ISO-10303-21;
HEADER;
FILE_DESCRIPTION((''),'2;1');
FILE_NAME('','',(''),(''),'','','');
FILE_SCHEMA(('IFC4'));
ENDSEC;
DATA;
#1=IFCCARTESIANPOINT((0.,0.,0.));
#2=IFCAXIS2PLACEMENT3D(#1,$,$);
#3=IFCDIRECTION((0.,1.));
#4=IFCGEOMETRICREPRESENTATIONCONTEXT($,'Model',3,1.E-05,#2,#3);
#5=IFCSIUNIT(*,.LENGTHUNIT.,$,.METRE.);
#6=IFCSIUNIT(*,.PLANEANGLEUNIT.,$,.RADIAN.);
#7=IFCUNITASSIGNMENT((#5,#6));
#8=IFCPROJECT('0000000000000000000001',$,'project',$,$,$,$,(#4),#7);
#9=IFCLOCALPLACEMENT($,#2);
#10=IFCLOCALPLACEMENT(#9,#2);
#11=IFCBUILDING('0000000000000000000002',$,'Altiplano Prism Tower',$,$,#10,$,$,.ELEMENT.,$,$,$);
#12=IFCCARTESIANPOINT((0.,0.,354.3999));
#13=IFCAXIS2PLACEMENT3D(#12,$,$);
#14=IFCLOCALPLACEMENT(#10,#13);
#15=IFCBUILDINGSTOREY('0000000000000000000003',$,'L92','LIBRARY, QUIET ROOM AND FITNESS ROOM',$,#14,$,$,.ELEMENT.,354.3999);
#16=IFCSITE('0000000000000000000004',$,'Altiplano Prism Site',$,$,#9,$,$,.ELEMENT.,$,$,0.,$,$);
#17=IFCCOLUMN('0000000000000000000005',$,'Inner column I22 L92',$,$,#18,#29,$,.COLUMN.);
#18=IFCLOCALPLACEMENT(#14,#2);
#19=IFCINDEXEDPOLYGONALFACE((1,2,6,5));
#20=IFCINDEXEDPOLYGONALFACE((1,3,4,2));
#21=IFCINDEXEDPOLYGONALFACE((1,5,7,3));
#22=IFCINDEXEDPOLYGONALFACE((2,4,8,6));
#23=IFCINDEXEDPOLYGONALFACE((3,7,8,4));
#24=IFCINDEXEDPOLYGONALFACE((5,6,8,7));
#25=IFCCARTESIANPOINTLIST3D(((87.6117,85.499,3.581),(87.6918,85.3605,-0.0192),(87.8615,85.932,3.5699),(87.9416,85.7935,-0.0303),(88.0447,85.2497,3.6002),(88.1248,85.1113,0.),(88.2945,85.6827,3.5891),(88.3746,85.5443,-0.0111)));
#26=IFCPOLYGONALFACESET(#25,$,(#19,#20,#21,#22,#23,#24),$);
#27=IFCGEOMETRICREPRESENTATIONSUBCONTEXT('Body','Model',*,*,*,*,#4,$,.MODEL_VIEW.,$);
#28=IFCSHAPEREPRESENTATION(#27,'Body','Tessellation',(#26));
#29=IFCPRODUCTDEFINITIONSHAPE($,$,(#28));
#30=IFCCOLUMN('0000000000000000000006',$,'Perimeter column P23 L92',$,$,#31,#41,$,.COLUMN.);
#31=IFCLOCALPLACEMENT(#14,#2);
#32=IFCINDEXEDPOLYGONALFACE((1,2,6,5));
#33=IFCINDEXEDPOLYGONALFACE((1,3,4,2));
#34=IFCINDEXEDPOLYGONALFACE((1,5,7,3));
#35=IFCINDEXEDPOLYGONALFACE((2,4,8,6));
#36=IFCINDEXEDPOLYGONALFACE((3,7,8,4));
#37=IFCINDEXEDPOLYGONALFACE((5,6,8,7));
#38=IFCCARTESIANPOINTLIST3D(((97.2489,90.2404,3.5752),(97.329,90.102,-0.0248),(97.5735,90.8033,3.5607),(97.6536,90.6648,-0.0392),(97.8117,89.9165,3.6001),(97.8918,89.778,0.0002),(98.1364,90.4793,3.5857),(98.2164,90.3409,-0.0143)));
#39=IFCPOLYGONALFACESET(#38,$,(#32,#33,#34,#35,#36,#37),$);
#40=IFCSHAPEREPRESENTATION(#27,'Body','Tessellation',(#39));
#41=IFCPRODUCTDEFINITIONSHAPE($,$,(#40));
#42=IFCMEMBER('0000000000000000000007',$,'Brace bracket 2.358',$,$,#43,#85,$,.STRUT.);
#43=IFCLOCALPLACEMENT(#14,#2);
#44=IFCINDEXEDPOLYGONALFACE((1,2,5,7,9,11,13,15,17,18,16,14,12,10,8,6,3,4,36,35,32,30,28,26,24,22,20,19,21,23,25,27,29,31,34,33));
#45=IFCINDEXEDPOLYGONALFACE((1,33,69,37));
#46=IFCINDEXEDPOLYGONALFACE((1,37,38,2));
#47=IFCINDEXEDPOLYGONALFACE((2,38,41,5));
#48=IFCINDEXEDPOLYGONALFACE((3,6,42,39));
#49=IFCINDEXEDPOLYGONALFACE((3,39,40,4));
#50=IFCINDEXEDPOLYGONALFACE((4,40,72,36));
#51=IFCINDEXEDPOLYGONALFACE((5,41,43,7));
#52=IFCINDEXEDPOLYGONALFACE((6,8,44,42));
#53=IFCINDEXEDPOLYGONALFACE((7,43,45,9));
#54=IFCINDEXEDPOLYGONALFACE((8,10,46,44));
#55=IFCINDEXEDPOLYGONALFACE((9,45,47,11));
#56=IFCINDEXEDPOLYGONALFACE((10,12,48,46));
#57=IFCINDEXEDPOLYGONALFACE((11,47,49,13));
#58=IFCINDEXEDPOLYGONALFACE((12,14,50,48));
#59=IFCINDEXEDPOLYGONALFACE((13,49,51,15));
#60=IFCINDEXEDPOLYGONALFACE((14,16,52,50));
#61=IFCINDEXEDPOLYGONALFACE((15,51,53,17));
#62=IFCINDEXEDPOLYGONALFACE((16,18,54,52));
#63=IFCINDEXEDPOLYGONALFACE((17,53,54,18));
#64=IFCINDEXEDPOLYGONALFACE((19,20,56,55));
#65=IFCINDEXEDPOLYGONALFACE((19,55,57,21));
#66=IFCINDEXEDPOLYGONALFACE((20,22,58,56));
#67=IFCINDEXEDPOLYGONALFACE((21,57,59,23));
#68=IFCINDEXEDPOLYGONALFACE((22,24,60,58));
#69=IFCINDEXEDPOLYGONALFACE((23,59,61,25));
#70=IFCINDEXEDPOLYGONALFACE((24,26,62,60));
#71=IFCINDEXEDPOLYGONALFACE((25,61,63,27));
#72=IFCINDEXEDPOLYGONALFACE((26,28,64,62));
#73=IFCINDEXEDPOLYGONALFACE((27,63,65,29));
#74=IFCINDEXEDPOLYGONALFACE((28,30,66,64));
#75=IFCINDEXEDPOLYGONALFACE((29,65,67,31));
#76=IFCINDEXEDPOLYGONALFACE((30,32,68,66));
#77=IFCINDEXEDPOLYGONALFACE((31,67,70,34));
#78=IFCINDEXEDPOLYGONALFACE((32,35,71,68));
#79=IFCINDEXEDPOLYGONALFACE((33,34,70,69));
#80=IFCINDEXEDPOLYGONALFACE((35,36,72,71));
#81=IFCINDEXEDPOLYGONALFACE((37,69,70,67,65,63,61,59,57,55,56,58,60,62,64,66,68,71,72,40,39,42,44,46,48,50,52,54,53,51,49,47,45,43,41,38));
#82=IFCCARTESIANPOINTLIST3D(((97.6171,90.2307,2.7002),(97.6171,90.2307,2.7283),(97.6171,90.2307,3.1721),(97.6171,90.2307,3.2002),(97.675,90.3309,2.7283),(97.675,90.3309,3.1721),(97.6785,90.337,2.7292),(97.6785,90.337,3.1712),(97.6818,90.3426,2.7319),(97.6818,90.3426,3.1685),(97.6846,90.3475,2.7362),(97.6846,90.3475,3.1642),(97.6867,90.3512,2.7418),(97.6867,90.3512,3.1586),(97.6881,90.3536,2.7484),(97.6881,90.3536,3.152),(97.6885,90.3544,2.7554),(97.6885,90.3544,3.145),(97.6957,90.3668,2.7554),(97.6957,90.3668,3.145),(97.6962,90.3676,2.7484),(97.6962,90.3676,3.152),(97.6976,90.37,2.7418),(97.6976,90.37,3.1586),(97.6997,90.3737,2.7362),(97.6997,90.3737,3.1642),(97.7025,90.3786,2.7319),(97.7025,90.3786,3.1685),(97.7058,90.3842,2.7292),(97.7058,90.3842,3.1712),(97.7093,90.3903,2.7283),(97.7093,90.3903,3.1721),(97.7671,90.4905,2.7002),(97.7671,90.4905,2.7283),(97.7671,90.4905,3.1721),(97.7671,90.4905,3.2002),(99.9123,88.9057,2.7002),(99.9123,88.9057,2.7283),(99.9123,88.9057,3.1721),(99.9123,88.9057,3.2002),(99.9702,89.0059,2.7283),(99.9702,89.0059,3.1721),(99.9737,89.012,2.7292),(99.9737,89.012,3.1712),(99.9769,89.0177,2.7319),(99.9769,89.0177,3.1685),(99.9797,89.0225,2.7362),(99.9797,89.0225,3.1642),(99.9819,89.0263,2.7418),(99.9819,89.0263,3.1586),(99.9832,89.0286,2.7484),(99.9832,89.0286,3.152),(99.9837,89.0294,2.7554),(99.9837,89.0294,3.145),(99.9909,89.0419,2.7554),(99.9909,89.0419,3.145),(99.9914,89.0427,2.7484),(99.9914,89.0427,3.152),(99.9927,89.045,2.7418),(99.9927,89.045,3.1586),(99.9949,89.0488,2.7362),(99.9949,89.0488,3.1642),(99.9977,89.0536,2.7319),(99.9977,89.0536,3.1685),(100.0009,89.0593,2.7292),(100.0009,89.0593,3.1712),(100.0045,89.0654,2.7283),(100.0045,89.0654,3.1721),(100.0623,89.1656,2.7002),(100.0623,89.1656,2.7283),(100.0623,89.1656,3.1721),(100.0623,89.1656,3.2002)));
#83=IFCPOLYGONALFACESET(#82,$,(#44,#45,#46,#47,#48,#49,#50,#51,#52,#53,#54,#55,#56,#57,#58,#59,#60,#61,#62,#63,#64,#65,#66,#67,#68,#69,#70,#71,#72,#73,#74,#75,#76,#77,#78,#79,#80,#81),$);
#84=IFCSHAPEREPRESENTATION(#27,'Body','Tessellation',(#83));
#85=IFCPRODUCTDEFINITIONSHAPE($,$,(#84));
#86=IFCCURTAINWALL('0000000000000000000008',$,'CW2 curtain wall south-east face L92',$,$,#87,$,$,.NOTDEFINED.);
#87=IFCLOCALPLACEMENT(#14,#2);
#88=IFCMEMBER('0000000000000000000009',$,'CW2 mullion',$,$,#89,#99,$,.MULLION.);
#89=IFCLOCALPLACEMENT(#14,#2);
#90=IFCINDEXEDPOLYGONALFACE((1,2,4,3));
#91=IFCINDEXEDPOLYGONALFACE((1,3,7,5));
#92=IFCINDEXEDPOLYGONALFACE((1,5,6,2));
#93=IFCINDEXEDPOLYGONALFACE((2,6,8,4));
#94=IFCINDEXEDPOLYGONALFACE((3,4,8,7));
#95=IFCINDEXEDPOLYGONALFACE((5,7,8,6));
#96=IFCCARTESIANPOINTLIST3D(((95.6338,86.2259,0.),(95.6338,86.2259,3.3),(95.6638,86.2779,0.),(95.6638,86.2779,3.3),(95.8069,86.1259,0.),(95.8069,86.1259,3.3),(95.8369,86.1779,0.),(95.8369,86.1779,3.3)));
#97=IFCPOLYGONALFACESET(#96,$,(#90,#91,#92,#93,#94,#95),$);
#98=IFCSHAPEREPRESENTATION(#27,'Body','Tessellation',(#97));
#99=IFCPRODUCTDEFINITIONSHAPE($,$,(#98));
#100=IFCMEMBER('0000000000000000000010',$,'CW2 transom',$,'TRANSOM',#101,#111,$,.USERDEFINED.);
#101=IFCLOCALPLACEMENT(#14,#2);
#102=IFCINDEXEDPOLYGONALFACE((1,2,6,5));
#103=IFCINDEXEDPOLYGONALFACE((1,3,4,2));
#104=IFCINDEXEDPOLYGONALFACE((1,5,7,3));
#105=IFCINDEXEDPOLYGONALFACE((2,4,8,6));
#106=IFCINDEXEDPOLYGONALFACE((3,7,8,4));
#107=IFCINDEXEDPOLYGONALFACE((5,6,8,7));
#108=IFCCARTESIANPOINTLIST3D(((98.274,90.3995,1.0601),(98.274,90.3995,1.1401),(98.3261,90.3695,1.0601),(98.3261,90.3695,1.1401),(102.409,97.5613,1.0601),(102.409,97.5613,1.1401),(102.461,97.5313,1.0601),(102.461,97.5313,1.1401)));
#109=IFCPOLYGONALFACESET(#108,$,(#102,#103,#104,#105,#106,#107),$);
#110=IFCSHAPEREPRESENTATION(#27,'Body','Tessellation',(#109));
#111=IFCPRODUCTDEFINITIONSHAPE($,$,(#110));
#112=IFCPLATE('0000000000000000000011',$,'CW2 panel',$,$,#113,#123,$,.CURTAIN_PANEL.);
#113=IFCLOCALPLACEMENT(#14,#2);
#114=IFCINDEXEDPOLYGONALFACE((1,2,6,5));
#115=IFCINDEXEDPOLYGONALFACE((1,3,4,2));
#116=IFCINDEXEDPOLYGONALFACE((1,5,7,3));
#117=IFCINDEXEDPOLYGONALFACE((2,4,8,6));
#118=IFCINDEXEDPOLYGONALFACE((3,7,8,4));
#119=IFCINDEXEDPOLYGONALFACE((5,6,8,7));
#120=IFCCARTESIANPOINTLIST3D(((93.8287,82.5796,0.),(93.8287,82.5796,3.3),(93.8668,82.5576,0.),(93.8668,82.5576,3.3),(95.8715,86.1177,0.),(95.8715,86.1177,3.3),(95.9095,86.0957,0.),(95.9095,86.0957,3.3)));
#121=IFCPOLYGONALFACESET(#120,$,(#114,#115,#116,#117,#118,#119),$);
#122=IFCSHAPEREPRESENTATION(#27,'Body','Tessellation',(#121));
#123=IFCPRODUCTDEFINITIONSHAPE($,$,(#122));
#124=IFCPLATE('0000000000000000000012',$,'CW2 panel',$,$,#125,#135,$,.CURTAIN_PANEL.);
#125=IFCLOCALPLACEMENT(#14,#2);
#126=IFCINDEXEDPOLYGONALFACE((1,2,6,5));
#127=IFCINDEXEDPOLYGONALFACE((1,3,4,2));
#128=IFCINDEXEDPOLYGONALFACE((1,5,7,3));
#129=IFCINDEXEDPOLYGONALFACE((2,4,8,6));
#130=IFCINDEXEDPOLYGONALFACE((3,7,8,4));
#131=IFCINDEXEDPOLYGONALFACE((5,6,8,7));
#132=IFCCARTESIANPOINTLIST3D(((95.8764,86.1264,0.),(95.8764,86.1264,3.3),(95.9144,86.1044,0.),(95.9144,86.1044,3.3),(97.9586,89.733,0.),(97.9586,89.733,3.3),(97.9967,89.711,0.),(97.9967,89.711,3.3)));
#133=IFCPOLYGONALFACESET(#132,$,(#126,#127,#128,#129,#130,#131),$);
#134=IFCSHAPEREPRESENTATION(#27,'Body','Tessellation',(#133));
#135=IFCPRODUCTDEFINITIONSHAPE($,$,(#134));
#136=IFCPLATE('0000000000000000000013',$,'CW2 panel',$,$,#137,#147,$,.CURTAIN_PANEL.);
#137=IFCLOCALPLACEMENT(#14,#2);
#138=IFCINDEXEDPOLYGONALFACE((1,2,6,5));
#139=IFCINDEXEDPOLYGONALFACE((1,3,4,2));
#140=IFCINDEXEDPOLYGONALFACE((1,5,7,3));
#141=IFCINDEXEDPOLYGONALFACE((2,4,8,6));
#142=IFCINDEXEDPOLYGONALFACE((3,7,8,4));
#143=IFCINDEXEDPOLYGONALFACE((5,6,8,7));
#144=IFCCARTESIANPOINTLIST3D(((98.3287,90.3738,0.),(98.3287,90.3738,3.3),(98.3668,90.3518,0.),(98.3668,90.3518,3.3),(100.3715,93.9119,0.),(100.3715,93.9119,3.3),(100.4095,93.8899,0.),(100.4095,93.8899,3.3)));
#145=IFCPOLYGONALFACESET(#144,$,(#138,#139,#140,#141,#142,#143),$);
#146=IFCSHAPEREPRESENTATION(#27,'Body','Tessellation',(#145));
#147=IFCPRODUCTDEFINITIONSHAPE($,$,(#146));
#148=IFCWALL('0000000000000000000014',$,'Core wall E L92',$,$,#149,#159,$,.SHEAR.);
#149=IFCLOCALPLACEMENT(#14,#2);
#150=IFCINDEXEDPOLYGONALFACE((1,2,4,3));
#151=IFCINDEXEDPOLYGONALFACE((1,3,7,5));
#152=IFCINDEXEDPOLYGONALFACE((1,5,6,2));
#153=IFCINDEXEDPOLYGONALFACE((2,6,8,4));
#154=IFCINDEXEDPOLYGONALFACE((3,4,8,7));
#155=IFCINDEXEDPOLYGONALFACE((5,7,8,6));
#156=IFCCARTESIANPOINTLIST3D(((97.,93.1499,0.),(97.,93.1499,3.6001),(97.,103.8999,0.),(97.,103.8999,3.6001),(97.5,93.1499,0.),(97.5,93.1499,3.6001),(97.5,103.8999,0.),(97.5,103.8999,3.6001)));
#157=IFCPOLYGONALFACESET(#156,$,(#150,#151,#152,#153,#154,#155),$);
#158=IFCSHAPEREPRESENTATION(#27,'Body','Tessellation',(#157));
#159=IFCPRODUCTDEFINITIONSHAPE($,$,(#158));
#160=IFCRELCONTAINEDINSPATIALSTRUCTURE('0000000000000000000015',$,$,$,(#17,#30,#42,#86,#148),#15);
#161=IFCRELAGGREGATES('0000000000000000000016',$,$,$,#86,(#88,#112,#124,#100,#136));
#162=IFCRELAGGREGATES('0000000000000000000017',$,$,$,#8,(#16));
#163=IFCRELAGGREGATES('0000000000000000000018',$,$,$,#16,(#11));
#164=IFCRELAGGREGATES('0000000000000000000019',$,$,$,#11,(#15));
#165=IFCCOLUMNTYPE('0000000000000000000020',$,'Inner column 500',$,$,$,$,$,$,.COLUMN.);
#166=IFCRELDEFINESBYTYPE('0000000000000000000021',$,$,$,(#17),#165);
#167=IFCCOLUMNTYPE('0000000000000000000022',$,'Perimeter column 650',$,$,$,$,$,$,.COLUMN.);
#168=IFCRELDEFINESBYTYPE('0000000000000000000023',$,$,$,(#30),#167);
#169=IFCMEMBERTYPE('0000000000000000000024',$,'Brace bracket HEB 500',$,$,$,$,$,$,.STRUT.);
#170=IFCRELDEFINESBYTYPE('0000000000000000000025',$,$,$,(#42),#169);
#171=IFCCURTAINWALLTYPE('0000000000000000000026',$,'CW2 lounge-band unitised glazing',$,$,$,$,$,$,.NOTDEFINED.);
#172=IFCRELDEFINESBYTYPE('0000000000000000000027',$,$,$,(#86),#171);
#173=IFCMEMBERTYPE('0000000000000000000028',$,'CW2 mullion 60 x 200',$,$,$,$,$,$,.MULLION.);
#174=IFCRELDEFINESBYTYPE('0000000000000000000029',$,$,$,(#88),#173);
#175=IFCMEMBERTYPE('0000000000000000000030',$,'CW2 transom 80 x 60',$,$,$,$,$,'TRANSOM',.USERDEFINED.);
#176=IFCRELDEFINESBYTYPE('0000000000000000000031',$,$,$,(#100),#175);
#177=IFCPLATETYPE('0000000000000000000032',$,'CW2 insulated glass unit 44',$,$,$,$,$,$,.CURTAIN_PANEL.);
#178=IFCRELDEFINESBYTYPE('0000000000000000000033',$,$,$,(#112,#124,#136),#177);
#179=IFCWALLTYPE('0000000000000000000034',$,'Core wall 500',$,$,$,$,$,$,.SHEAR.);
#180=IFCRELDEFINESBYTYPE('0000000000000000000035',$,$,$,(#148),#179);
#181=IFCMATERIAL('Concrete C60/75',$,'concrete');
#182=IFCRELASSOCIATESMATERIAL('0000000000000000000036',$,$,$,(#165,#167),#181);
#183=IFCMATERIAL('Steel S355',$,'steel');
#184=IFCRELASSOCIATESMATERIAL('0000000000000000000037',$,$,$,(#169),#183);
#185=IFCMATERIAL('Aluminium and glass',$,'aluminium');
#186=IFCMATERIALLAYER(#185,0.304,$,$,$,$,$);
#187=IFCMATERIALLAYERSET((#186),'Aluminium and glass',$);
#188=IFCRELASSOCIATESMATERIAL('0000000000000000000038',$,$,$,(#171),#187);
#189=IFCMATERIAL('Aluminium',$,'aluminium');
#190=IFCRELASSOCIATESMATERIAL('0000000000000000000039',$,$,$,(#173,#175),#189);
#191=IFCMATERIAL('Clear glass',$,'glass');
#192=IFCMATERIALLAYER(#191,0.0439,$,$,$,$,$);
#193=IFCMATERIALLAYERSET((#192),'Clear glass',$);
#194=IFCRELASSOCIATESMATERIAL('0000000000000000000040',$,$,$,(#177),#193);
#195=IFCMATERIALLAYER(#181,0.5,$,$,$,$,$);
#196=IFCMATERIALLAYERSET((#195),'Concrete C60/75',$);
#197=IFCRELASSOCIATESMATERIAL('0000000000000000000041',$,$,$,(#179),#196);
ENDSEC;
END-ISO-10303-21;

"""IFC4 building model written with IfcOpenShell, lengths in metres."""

from ifc_helpers import new_model, si_unit, direction, frame, frame_2d, origin, origin_2d, place, context, subcontext, project, spatial, rectangle, i_section, extrude, material, layer, layer_set, material_profile, profile_set, type_object, element, aggregate, save


model = new_model("IFC4")

# Units and contexts
model_context = context("Model", 3, precision=1e-05, world=origin(), true_north=direction((0.0, 1.0)))
body_context = subcontext(model_context, "Body", "Model", "MODEL_VIEW")
ifc_project = project(units=[si_unit("LENGTHUNIT", "METRE"), si_unit("PLANEANGLEUNIT", "RADIAN")], contexts=[model_context])

# Site, building, storey
site_placement = place(None, origin())
site = spatial("IfcSite", under=ifc_project, at=site_placement, Name="Altiplano Prism Site", CompositionType="ELEMENT", RefElevation=0.0)
building_placement = place(site_placement, origin())
building = spatial("IfcBuilding", under=site, at=building_placement, Name="Altiplano Prism Tower", CompositionType="ELEMENT")
storey_placement = place(building_placement, frame((0.0, 0.0, 354.3999)))
storey = spatial("IfcBuildingStorey", under=building, at=storey_placement, Name="L92", Description="LIBRARY, QUIET ROOM AND FITNESS ROOM", CompositionType="ELEMENT", Elevation=354.3999)

# Columns
ifc_material_1 = material(Name="Concrete C60/75", Category="concrete")
ifc_material_profile_1 = material_profile(ifc_material_1, rectangle(XDim=0.5, YDim=0.5, at=origin_2d()), Name="Inner column 500")
ifc_profile_set_1 = profile_set([ifc_material_profile_1], Name="Concrete C60/75")
column_type_1 = type_object("IfcColumnType", Name="Inner column 500", PredefinedType="COLUMN", material=ifc_profile_set_1)
column_1_placement = place(storey_placement, frame((88.0332, 85.4524, -0.0151), z_axis=(-0.022221, 0.038413, 0.999015), x_axis=(-0.499513, -0.866022, 0.022189)))
element("IfcColumn", 1, at=column_1_placement, inside=storey, type_object=column_type_1, Name="Inner column I22 L92", PredefinedType="COLUMN", context=body_context, shape_type="SweptSolid", body=[
    extrude(rectangle(XDim=0.5, YDim=0.5, at=origin_2d()), origin(), (0.0, 0.0, 1.0), 3.6038),
])
ifc_material_profile_2 = material_profile(ifc_material_1, rectangle(XDim=0.6499, YDim=0.6499, at=origin_2d()), Name="Perimeter column 650")
ifc_profile_set_2 = profile_set([ifc_material_profile_2], Name="Concrete C60/75")
column_type_2 = type_object("IfcColumnType", Name="Perimeter column 650", PredefinedType="COLUMN", material=ifc_profile_set_2)
column_2_placement = place(storey_placement, frame((97.7727, 90.2214, -0.0195), z_axis=(-0.022223, 0.038416, 0.999015), x_axis=(-0.499513, -0.866022, 0.02219)))
element("IfcColumn", 2, at=column_2_placement, inside=storey, type_object=column_type_2, Name="Perimeter column P23 L92", PredefinedType="COLUMN", context=body_context, shape_type="SweptSolid", body=[
    extrude(rectangle(XDim=0.6499, YDim=0.6499, at=origin_2d()), origin(), (0.0, 0.0, 1.0), 3.6035),
])

# Member
ifc_material_2 = material(Name="Steel S355", Category="steel")
ifc_material_profile_3 = material_profile(ifc_material_2, i_section(OverallWidth=0.3, OverallDepth=0.5, WebThickness=0.0144, FlangeThickness=0.0281, FilletRadius=0.0271, at=origin_2d()), Name="Brace bracket HEB 500")
ifc_profile_set_3 = profile_set([ifc_material_profile_3], Name="Steel S355")
member_type_1 = type_object("IfcMemberType", Name="Brace bracket HEB 500", PredefinedType="STRUT", material=ifc_profile_set_3)
member_1_placement = place(storey_placement, frame((97.6921, 90.3606, 2.9502), z_axis=(0.866052, -0.499954, 0.0), x_axis=(0.499954, 0.866052, 0.0)))
element("IfcMember", 3, at=member_1_placement, inside=storey, type_object=member_type_1, Name="Brace bracket 2.358", PredefinedType="STRUT", context=body_context, shape_type="SweptSolid", body=[
    extrude(i_section(OverallWidth=0.3, OverallDepth=0.5, WebThickness=0.0144, FlangeThickness=0.0281, FilletRadius=0.0271, at=origin_2d()), origin(), (0.0, 0.0, 1.0), 2.6501),
])

# Curtain wall, members, plates
ifc_material_3 = material(Name="Aluminium and glass", Category="aluminium")
ifc_layer_1 = layer(ifc_material_3, 0.304)
ifc_layer_set_1 = layer_set([ifc_layer_1], Name="Aluminium and glass")
curtain_wall_type = type_object("IfcCurtainWallType", Name="CW2 lounge-band unitised glazing", PredefinedType="NOTDEFINED", material=ifc_layer_set_1)
curtain_wall_placement = place(storey_placement, origin())
curtain_wall = element("IfcCurtainWall", 4, at=curtain_wall_placement, inside=storey, type_object=curtain_wall_type, Name="CW2 curtain wall south-east face L92", PredefinedType="NOTDEFINED")
ifc_material_4 = material(Name="Aluminium", Category="aluminium")
ifc_material_profile_4 = material_profile(ifc_material_4, rectangle(XDim=0.2, YDim=0.0601, at=origin_2d()), Name="CW2 mullion 60 x 200")
ifc_profile_set_4 = profile_set([ifc_material_profile_4], Name="Aluminium")
member_type_2 = type_object("IfcMemberType", Name="CW2 mullion 60 x 200", PredefinedType="MULLION", material=ifc_profile_set_4)
member_2_placement = place(storey_placement, frame((95.7354, 86.2019, 0.0), z_axis=(0.0, 0.0, 1.0), x_axis=(-0.866025, 0.5, 0.0)))
member_2 = element("IfcMember", 5, at=member_2_placement, type_object=member_type_2, Name="CW2 mullion", PredefinedType="MULLION", context=body_context, shape_type="SweptSolid", body=[
    extrude(rectangle(XDim=0.2, YDim=0.0601, at=origin_2d()), origin(), (0.0, 0.0, 1.0), 3.3),
])
ifc_material_profile_5 = material_profile(ifc_material_4, rectangle(XDim=0.0601, YDim=0.0801, at=origin_2d()), Name="CW2 transom 80 x 60")
ifc_profile_set_5 = profile_set([ifc_material_profile_5], Name="Aluminium")
member_type_3 = type_object("IfcMemberType", Name="CW2 transom 80 x 60", ElementType="TRANSOM", PredefinedType="USERDEFINED", material=ifc_profile_set_5)
member_3_placement = place(storey_placement, frame((98.3, 90.3845, 1.1001), z_axis=(0.50001, 0.86602, 0.0), x_axis=(-0.86602, 0.50001, 0.0)))
member_3 = element("IfcMember", 6, at=member_3_placement, type_object=member_type_3, Name="CW2 transom", ObjectType="TRANSOM", PredefinedType="USERDEFINED", context=body_context, shape_type="SweptSolid", body=[
    extrude(rectangle(XDim=0.0601, YDim=0.0801, at=origin_2d()), origin(), (0.0, 0.0, 1.0), 8.2698),
])
ifc_material_5 = material(Name="Clear glass", Category="glass")
ifc_layer_2 = layer(ifc_material_5, 0.0439)
ifc_layer_set_2 = layer_set([ifc_layer_2], Name="Clear glass")
plate_type = type_object("IfcPlateType", Name="CW2 insulated glass unit 44", PredefinedType="CURTAIN_PANEL", material=ifc_layer_set_2)
plate_1_placement = place(storey_placement, frame((94.8691, 84.3376, 0.0), z_axis=(0.0, 0.0, 1.0), x_axis=(0.5, 0.866025, 0.0)))
plate_1 = element("IfcPlate", 7, at=plate_1_placement, type_object=plate_type, Name="CW2 panel", PredefinedType="CURTAIN_PANEL", context=body_context, shape_type="SweptSolid", body=[
    extrude(rectangle(XDim=4.0854, YDim=0.0439, at=origin_2d()), origin(), (0.0, 0.0, 1.0), 3.3),
])
plate_2_placement = place(storey_placement, frame((96.9365, 87.9187, 0.0), z_axis=(0.0, 0.0, 1.0), x_axis=(0.5, 0.866025, 0.0)))
plate_2 = element("IfcPlate", 8, at=plate_2_placement, type_object=plate_type, Name="CW2 panel", PredefinedType="CURTAIN_PANEL", context=body_context, shape_type="SweptSolid", body=[
    extrude(rectangle(XDim=4.1646, YDim=0.0439, at=origin_2d()), origin(), (0.0, 0.0, 1.0), 3.3),
])
plate_3_placement = place(storey_placement, frame((99.3691, 92.1318, 0.0), z_axis=(0.0, 0.0, 1.0), x_axis=(0.5, 0.866025, 0.0)))
plate_3 = element("IfcPlate", 9, at=plate_3_placement, type_object=plate_type, Name="CW2 panel", PredefinedType="CURTAIN_PANEL", context=body_context, shape_type="SweptSolid", body=[
    extrude(rectangle(XDim=4.0854, YDim=0.0439, at=origin_2d()), origin(), (0.0, 0.0, 1.0), 3.3),
])
aggregate(curtain_wall, [member_2, plate_1, plate_2, member_3, plate_3])

# Wall
ifc_layer_3 = layer(ifc_material_1, 0.5)
ifc_layer_set_3 = layer_set([ifc_layer_3], Name="Concrete C60/75")
wall_type_1 = type_object("IfcWallType", Name="Core wall 500", PredefinedType="SHEAR", material=ifc_layer_set_3)
wall_1_placement = place(storey_placement, frame((97.25, 93.1499, 0.0), z_axis=(0.0, 0.0, 1.0), x_axis=(0.0, 1.0, 0.0)))
element("IfcWall", 10, at=wall_1_placement, inside=storey, type_object=wall_type_1, Name="Core wall E L92", PredefinedType="SHEAR", context=body_context, shape_type="SweptSolid", body=[
    extrude(rectangle(XDim=10.75, YDim=0.5, at=frame_2d((5.375, 0.0))), origin(), (0.0, 0.0, 1.0), 3.6001),
])

save(model, "model.ifc")
